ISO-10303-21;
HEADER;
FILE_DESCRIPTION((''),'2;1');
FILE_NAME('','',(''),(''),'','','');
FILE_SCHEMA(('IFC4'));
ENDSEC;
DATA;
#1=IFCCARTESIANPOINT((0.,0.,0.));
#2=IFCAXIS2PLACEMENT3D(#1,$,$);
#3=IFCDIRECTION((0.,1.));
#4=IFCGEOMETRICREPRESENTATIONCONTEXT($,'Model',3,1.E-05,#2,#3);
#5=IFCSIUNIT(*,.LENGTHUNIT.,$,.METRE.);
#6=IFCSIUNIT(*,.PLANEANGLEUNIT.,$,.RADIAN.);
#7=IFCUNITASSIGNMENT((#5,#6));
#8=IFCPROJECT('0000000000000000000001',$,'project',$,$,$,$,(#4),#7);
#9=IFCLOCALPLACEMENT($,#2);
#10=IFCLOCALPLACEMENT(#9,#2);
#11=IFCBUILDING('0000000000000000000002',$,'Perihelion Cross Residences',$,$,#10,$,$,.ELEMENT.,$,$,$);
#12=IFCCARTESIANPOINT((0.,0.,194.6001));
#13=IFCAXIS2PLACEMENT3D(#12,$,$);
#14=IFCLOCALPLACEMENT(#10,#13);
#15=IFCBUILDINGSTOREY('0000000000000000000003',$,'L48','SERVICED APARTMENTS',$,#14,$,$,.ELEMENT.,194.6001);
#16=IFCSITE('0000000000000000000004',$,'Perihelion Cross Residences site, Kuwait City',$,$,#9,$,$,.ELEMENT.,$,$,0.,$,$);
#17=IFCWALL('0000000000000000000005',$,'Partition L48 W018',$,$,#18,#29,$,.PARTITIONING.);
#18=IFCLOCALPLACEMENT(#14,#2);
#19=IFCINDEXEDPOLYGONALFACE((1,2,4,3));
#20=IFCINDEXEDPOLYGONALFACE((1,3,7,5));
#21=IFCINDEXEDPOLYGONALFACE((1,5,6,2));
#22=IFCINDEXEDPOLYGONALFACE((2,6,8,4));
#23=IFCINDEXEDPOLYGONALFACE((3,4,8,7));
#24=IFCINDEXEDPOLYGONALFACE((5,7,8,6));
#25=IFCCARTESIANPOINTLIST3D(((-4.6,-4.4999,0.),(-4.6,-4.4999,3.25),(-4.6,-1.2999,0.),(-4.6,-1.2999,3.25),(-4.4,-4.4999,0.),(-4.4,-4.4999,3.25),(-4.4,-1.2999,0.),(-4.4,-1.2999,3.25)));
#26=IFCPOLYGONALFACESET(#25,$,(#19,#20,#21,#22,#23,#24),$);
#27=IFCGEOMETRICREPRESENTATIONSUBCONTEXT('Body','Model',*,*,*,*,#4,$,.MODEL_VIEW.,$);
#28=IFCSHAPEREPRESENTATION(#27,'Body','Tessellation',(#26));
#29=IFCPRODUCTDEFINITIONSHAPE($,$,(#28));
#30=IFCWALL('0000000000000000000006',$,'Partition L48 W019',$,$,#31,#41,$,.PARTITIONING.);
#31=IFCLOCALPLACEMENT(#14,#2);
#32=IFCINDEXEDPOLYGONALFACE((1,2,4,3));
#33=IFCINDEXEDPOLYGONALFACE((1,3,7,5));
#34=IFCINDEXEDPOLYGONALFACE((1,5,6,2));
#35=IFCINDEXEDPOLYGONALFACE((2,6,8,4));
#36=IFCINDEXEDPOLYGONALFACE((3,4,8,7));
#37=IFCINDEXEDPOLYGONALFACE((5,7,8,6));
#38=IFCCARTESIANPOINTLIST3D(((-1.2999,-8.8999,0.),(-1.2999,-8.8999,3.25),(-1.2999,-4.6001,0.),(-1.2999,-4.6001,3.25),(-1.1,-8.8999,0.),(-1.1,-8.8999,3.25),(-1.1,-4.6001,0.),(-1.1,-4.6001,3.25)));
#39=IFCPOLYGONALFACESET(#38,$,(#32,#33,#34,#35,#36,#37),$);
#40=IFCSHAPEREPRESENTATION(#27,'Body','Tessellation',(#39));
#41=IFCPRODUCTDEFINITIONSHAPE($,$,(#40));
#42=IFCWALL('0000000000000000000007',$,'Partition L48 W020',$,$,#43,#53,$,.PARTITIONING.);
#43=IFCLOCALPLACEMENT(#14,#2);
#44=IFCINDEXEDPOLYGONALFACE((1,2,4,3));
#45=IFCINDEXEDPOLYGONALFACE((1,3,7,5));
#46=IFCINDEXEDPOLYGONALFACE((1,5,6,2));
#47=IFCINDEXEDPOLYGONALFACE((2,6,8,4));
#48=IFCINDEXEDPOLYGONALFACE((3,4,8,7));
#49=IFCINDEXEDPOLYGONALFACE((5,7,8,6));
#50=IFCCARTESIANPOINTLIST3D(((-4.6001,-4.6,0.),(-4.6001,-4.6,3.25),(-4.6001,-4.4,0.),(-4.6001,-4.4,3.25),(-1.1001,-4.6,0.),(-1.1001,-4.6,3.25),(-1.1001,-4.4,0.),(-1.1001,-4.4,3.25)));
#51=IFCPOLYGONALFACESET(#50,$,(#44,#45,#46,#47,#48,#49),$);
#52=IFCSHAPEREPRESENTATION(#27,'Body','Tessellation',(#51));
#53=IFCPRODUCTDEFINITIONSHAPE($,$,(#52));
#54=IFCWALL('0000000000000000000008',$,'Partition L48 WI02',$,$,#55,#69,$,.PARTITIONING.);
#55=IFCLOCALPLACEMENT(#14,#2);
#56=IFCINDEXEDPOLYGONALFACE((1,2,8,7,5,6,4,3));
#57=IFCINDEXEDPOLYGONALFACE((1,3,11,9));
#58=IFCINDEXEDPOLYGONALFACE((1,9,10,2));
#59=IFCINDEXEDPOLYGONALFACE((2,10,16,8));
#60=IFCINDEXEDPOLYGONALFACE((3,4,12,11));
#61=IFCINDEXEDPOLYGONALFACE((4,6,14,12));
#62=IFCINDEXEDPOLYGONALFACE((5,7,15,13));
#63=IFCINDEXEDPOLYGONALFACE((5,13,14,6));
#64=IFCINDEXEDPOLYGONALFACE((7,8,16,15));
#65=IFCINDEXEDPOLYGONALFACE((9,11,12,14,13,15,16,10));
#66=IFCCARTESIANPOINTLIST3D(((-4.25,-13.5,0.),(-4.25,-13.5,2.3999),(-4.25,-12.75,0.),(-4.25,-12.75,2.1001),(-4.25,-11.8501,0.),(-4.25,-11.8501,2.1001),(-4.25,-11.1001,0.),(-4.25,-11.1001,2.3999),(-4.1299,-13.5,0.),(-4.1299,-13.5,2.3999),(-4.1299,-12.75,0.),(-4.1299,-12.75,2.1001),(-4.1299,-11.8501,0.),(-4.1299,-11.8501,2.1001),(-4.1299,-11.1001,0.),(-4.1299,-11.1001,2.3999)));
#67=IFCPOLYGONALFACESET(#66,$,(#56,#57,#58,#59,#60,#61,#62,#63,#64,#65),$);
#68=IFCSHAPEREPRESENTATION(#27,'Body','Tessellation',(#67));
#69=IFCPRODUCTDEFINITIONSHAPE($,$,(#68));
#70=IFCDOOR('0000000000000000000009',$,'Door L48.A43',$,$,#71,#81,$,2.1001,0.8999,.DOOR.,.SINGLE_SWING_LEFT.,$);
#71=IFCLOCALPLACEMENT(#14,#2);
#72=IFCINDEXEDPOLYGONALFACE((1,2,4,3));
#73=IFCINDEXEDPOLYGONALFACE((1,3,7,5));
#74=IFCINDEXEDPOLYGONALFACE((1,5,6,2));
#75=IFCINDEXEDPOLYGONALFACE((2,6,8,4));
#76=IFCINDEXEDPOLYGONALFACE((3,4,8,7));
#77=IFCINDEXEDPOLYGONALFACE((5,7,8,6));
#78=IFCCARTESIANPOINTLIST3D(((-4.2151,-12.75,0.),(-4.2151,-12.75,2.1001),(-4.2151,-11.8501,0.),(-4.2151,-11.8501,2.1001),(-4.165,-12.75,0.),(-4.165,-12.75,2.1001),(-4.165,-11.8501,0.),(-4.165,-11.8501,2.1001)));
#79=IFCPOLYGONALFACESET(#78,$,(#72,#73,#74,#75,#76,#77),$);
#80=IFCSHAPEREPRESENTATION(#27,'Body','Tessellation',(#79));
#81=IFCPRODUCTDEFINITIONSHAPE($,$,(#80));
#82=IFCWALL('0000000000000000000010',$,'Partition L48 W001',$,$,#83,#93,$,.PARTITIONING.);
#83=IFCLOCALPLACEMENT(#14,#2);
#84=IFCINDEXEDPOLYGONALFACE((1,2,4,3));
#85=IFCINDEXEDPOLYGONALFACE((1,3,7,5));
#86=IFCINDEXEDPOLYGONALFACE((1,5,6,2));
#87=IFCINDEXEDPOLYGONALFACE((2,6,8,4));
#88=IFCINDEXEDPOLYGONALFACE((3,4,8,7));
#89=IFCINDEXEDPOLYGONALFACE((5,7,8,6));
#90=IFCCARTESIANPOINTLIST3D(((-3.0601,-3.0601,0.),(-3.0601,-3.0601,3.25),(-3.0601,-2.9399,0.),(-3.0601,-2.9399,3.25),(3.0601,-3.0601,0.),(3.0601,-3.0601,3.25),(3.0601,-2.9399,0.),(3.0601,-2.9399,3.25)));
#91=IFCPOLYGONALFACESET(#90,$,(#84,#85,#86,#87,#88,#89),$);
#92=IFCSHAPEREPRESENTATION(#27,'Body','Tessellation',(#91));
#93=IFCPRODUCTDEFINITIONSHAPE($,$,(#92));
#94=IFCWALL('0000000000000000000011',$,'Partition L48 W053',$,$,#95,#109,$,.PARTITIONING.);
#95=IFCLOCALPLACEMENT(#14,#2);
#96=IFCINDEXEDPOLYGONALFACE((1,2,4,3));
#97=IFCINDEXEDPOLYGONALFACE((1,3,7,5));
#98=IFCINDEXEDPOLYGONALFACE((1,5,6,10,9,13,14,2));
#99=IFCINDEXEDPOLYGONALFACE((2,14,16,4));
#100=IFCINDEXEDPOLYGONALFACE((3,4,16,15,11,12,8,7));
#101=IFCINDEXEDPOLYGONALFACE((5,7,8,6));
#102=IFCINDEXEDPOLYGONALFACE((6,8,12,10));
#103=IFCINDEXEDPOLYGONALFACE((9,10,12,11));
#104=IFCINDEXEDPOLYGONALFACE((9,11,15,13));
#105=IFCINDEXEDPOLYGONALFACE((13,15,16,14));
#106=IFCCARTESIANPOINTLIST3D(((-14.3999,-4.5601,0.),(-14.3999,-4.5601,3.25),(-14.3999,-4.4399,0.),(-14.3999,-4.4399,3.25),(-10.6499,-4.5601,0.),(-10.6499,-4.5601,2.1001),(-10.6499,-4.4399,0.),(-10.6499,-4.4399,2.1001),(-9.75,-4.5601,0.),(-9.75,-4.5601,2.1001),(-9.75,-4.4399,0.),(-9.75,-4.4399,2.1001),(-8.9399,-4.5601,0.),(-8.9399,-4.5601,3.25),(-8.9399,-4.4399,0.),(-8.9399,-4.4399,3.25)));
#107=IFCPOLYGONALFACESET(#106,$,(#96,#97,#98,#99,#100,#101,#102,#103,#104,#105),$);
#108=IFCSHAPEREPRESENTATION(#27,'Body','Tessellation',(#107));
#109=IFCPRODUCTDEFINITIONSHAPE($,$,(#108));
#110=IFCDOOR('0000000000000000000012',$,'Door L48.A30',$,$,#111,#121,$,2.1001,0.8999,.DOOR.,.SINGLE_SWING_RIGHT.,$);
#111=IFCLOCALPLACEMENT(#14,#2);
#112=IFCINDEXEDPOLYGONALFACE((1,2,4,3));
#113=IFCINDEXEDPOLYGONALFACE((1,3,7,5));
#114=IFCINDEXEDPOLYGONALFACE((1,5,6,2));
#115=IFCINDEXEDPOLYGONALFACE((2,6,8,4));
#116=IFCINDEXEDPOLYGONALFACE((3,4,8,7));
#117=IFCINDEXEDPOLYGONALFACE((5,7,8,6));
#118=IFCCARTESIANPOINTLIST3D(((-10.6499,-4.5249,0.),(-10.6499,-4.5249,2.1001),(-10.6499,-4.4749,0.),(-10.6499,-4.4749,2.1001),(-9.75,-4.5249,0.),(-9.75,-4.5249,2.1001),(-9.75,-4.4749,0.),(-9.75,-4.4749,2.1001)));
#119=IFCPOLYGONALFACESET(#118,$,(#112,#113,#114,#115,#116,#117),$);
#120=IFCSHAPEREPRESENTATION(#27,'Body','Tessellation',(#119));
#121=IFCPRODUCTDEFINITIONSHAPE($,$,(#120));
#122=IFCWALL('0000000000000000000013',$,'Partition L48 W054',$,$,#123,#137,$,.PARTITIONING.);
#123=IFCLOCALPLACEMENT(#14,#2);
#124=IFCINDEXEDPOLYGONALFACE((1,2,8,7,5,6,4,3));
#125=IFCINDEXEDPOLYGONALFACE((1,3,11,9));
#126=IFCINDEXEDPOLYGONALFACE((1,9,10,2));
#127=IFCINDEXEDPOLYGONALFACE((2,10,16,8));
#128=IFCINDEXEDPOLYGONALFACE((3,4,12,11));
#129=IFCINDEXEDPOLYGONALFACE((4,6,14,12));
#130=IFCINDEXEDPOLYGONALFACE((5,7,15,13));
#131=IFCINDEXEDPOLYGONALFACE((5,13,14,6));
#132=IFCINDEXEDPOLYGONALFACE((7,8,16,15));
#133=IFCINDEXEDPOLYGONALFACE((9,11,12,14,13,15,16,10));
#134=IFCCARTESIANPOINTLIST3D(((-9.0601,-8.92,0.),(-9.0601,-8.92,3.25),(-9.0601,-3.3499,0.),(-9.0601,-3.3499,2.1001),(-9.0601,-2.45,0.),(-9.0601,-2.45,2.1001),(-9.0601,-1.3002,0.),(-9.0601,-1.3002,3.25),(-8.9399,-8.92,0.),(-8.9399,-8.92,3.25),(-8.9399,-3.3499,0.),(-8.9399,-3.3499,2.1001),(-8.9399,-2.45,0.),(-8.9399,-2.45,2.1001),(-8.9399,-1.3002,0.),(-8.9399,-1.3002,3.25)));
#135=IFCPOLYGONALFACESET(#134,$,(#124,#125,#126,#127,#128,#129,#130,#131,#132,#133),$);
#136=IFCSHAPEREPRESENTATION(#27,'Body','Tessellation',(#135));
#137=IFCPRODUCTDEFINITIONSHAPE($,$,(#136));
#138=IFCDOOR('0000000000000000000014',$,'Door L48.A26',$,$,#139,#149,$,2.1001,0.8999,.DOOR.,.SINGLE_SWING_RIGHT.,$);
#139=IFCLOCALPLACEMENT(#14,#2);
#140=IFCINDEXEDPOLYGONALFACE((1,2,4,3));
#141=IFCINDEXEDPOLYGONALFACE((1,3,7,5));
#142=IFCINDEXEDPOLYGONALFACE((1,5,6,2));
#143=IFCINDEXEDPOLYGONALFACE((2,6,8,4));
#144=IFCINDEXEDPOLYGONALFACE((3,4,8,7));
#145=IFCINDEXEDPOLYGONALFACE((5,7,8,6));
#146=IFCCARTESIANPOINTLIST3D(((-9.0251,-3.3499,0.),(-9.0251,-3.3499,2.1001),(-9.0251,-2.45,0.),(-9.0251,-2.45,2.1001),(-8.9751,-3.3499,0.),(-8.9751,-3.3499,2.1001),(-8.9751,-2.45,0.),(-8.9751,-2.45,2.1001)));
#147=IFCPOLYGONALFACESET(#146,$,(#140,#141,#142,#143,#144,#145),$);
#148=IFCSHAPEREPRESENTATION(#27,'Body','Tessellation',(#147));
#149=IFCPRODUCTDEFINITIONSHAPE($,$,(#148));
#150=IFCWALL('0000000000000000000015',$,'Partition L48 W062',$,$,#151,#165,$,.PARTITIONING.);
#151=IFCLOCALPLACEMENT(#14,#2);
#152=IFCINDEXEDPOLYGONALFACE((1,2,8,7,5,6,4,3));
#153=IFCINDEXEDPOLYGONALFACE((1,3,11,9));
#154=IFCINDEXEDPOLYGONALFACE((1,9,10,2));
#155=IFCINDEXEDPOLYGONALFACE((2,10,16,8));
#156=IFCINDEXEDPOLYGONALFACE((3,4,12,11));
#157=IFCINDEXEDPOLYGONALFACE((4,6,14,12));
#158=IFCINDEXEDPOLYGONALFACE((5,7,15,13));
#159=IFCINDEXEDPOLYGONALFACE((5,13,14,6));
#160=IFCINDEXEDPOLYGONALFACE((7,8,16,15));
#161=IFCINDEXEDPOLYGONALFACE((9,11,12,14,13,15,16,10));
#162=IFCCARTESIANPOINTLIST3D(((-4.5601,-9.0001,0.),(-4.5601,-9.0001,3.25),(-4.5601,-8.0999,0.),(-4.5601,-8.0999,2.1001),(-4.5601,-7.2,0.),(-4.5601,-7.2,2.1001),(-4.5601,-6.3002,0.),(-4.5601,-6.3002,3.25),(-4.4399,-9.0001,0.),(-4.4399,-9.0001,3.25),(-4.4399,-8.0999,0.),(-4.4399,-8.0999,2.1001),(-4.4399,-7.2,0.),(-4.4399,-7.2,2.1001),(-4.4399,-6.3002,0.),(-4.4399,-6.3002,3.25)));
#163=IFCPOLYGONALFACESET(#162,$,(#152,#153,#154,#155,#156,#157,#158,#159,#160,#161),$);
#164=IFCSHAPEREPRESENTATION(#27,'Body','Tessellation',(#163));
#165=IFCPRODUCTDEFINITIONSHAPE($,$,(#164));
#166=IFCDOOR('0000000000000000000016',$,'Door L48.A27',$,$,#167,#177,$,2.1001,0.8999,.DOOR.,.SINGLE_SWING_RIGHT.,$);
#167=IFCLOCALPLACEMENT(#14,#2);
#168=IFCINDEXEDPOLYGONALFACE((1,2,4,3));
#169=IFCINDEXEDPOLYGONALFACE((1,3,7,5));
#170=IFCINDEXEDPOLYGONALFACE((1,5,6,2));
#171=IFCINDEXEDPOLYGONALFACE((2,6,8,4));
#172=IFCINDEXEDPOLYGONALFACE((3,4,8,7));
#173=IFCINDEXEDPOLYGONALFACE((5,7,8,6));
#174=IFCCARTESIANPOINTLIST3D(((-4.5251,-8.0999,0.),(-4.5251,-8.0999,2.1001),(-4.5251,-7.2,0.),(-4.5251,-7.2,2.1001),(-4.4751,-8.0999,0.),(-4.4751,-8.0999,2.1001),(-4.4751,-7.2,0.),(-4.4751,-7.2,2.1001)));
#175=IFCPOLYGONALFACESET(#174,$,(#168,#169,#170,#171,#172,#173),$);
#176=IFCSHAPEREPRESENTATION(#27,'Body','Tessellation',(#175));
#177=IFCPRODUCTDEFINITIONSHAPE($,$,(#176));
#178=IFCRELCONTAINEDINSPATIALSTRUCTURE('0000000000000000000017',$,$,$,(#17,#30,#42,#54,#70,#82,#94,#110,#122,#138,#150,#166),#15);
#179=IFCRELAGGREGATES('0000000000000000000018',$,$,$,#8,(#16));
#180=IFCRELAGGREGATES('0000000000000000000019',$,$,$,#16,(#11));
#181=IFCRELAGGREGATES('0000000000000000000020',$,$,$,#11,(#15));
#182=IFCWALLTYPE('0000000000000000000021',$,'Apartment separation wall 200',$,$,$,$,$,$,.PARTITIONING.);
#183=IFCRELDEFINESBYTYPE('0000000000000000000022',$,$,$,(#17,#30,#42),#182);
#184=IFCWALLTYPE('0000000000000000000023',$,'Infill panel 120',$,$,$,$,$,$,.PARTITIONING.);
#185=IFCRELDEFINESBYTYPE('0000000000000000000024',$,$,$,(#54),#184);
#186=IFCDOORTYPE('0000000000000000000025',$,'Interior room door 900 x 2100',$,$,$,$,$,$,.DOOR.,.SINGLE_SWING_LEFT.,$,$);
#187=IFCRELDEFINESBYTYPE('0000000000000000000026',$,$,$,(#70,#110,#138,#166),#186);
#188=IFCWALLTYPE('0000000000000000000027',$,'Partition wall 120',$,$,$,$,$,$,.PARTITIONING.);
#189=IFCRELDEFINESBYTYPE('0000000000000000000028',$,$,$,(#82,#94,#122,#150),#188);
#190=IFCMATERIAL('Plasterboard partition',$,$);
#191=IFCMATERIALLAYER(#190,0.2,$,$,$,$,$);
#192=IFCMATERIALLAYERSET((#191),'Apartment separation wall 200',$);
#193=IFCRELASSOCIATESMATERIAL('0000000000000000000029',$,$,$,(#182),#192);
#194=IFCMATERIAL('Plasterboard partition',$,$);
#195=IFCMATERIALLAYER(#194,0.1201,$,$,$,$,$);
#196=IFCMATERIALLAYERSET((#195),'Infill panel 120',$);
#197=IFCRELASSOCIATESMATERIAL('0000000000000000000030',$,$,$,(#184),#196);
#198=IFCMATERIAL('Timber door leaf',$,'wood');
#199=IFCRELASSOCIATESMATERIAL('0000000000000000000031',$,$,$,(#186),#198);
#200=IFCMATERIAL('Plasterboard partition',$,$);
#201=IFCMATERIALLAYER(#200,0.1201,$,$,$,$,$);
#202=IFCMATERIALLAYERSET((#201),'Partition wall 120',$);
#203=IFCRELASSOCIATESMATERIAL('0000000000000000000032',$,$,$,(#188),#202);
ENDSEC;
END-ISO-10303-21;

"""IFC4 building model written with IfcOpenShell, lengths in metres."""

from ifc_helpers import new_model, si_unit, direction, frame, frame_2d, origin, place, context, subcontext, project, spatial, rectangle, extrude, material, layer, layer_set, type_object, element, fill, save


model = new_model("IFC4")

# Units and contexts
model_context = context("Model", 3, precision=1e-05, world=origin(), true_north=direction((0.0, 1.0)))
body_context = subcontext(model_context, "Body", "Model", "MODEL_VIEW")
ifc_project = project(units=[si_unit("LENGTHUNIT", "METRE"), si_unit("PLANEANGLEUNIT", "RADIAN")], contexts=[model_context])

# Site, building, storey
site_placement = place(None, origin())
site = spatial("IfcSite", under=ifc_project, at=site_placement, Name="Perihelion Cross Residences site, Kuwait City", CompositionType="ELEMENT", RefElevation=0.0)
building_placement = place(site_placement, origin())
building = spatial("IfcBuilding", under=site, at=building_placement, Name="Perihelion Cross Residences", CompositionType="ELEMENT")
storey_placement = place(building_placement, frame((0.0, 0.0, 194.6001)))
storey = spatial("IfcBuildingStorey", under=building, at=storey_placement, Name="L48", Description="SERVICED APARTMENTS", CompositionType="ELEMENT", Elevation=194.6001)

# Walls
ifc_material_1 = material(Name="Plasterboard partition")
ifc_layer_1 = layer(ifc_material_1, 0.2)
ifc_layer_set_1 = layer_set([ifc_layer_1], Name="Apartment separation wall 200")
wall_type_1 = type_object("IfcWallType", Name="Apartment separation wall 200", PredefinedType="PARTITIONING", material=ifc_layer_set_1)
wall_1_placement = place(storey_placement, frame((-4.5, -4.5, 0.0), z_axis=(0.0, 0.0, 1.0), x_axis=(0.0, 1.0, 0.0)))
element("IfcWall", 1, at=wall_1_placement, inside=storey, type_object=wall_type_1, Name="Partition L48 W018", PredefinedType="PARTITIONING", context=body_context, shape_type="SweptSolid", body=[
    extrude(rectangle(XDim=3.2, YDim=0.2, at=frame_2d((1.6001, 0.0))), origin(), (0.0, 0.0, 1.0), 3.25),
])
wall_2_placement = place(storey_placement, frame((-1.2, -8.8999, 0.0), z_axis=(0.0, 0.0, 1.0), x_axis=(0.0, 1.0, 0.0)))
element("IfcWall", 2, at=wall_2_placement, inside=storey, type_object=wall_type_1, Name="Partition L48 W019", PredefinedType="PARTITIONING", context=body_context, shape_type="SweptSolid", body=[
    extrude(rectangle(XDim=4.2998, YDim=0.2, at=frame_2d((2.1499, 0.0))), origin(), (0.0, 0.0, 1.0), 3.25),
])
wall_3_placement = place(storey_placement, frame((-1.1001, -4.5, 0.0), z_axis=(0.0, 0.0, 1.0), x_axis=(-1.0, 0.0, 0.0)))
element("IfcWall", 3, at=wall_3_placement, inside=storey, type_object=wall_type_1, Name="Partition L48 W020", PredefinedType="PARTITIONING", context=body_context, shape_type="SweptSolid", body=[
    extrude(rectangle(XDim=3.5, YDim=0.2, at=frame_2d((1.75, 0.0))), origin(), (0.0, 0.0, 1.0), 3.25),
])

# Wall, opening, door
ifc_material_2 = material(Name="Plasterboard partition")
ifc_layer_2 = layer(ifc_material_2, 0.1201)
ifc_layer_set_2 = layer_set([ifc_layer_2], Name="Infill panel 120")
wall_type_2 = type_object("IfcWallType", Name="Infill panel 120", PredefinedType="PARTITIONING", material=ifc_layer_set_2)
wall_4_placement = place(storey_placement, frame((-4.1899, -11.1001, 0.0), z_axis=(0.0, 0.0, 1.0), x_axis=(0.0, -1.0, 0.0)))
wall_4 = element("IfcWall", 4, at=wall_4_placement, inside=storey, type_object=wall_type_2, Name="Partition L48 WI02", PredefinedType="PARTITIONING", context=body_context, shape_type="SweptSolid", body=[
    extrude(rectangle(XDim=2.3999, YDim=0.1201, at=frame_2d((1.2, 0.0))), origin(), (0.0, 0.0, 1.0), 2.3999),
])
opening_1_placement = place(wall_4_placement, frame((0.75, 0.0, 0.0)))
opening_1 = element("IfcOpeningElement", 5, at=opening_1_placement, cuts=wall_4, PredefinedType="OPENING", context=body_context, shape_type="SweptSolid", body=[
    extrude(rectangle(XDim=0.8999, YDim=2.1001, at=frame_2d((0.45, 1.05))), frame((0.0, 0.0701, 0.0), z_axis=(0.0, -1.0, 0.0), x_axis=(1.0, 0.0, 0.0)), (0.0, 0.0, 1.0), 0.1401),
])
ifc_material_3 = material(Name="Timber door leaf", Category="wood")
door_type_1 = type_object("IfcDoorType", Name="Interior room door 900 x 2100", OperationType="SINGLE_SWING_LEFT", PredefinedType="DOOR", material=ifc_material_3)
door_1_placement = place(opening_1_placement, origin())
door_1 = element("IfcDoor", 6, at=door_1_placement, inside=storey, type_object=door_type_1, Name="Door L48.A43", OperationType="SINGLE_SWING_LEFT", OverallHeight=2.1001, OverallWidth=0.8999, PredefinedType="DOOR", context=body_context, shape_type="SweptSolid", body=[
    extrude(rectangle(XDim=0.8999, YDim=2.1001, at=frame_2d((0.45, 1.05))), frame((0.0, 0.0249, 0.0), z_axis=(0.0, -1.0, 0.0), x_axis=(1.0, 0.0, 0.0)), (0.0, 0.0, 1.0), 0.05),
])
fill(opening_1, door_1)

# Wall
ifc_material_4 = material(Name="Plasterboard partition")
ifc_layer_3 = layer(ifc_material_4, 0.1201)
ifc_layer_set_3 = layer_set([ifc_layer_3], Name="Partition wall 120")
wall_type_3 = type_object("IfcWallType", Name="Partition wall 120", PredefinedType="PARTITIONING", material=ifc_layer_set_3)
wall_5_placement = place(storey_placement, frame((-3.0601, -3.0, 0.0), z_axis=(0.0, 0.0, 1.0), x_axis=(1.0, 0.0, 0.0)))
element("IfcWall", 7, at=wall_5_placement, inside=storey, type_object=wall_type_3, Name="Partition L48 W001", PredefinedType="PARTITIONING", context=body_context, shape_type="SweptSolid", body=[
    extrude(rectangle(XDim=6.1201, YDim=0.1201, at=frame_2d((3.0601, 0.0))), origin(), (0.0, 0.0, 1.0), 3.25),
])

# Walls, openings, doors
wall_6_placement = place(storey_placement, frame((-8.9399, -4.5, 0.0), z_axis=(0.0, 0.0, 1.0), x_axis=(-1.0, 0.0, 0.0)))
wall_6 = element("IfcWall", 8, at=wall_6_placement, inside=storey, type_object=wall_type_3, Name="Partition L48 W053", PredefinedType="PARTITIONING", context=body_context, shape_type="SweptSolid", body=[
    extrude(rectangle(XDim=5.46, YDim=0.1201, at=frame_2d((2.73, 0.0))), origin(), (0.0, 0.0, 1.0), 3.25),
])
opening_2_placement = place(wall_6_placement, frame((0.8101, 0.0, 0.0)))
opening_2 = element("IfcOpeningElement", 9, at=opening_2_placement, cuts=wall_6, PredefinedType="OPENING", context=body_context, shape_type="SweptSolid", body=[
    extrude(rectangle(XDim=0.8999, YDim=2.1001, at=frame_2d((0.45, 1.05))), frame((0.0, 0.0701, 0.0), z_axis=(0.0, -1.0, 0.0), x_axis=(1.0, 0.0, 0.0)), (0.0, 0.0, 1.0), 0.1401),
])
door_2_placement = place(opening_2_placement, origin())
door_2 = element("IfcDoor", 10, at=door_2_placement, inside=storey, type_object=door_type_1, Name="Door L48.A30", OperationType="SINGLE_SWING_RIGHT", OverallHeight=2.1001, OverallWidth=0.8999, PredefinedType="DOOR", context=body_context, shape_type="SweptSolid", body=[
    extrude(rectangle(XDim=0.8999, YDim=2.1001, at=frame_2d((0.45, 1.05))), frame((0.0, 0.0249, 0.0), z_axis=(0.0, -1.0, 0.0), x_axis=(1.0, 0.0, 0.0)), (0.0, 0.0, 1.0), 0.05),
])
fill(opening_2, door_2)
wall_7_placement = place(storey_placement, frame((-9.0, -1.3, 0.0), z_axis=(0.0, 0.0, 1.0), x_axis=(0.0, -1.0, 0.0)))
wall_7 = element("IfcWall", 11, at=wall_7_placement, inside=storey, type_object=wall_type_3, Name="Partition L48 W054", PredefinedType="PARTITIONING", context=body_context, shape_type="SweptSolid", body=[
    extrude(rectangle(XDim=7.6199, YDim=0.1201, at=frame_2d((3.8101, 0.0))), origin(), (0.0, 0.0, 1.0), 3.25),
])
opening_3_placement = place(wall_7_placement, frame((1.1499, 0.0, 0.0)))
opening_3 = element("IfcOpeningElement", 12, at=opening_3_placement, cuts=wall_7, PredefinedType="OPENING", context=body_context, shape_type="SweptSolid", body=[
    extrude(rectangle(XDim=0.8999, YDim=2.1001, at=frame_2d((0.45, 1.05))), frame((0.0, 0.0701, 0.0), z_axis=(0.0, -1.0, 0.0), x_axis=(1.0, 0.0, 0.0)), (0.0, 0.0, 1.0), 0.1401),
])
door_3_placement = place(opening_3_placement, origin())
door_3 = element("IfcDoor", 13, at=door_3_placement, inside=storey, type_object=door_type_1, Name="Door L48.A26", OperationType="SINGLE_SWING_RIGHT", OverallHeight=2.1001, OverallWidth=0.8999, PredefinedType="DOOR", context=body_context, shape_type="SweptSolid", body=[
    extrude(rectangle(XDim=0.8999, YDim=2.1001, at=frame_2d((0.45, 1.05))), frame((0.0, 0.0249, 0.0), z_axis=(0.0, -1.0, 0.0), x_axis=(1.0, 0.0, 0.0)), (0.0, 0.0, 1.0), 0.05),
])
fill(opening_3, door_3)
wall_8_placement = place(storey_placement, frame((-4.5, -6.3, 0.0), z_axis=(0.0, 0.0, 1.0), x_axis=(0.0, -1.0, 0.0)))
wall_8 = element("IfcWall", 14, at=wall_8_placement, inside=storey, type_object=wall_type_3, Name="Partition L48 W062", PredefinedType="PARTITIONING", context=body_context, shape_type="SweptSolid", body=[
    extrude(rectangle(XDim=2.7, YDim=0.1201, at=frame_2d((1.3501, 0.0))), origin(), (0.0, 0.0, 1.0), 3.25),
])
opening_4_placement = place(wall_8_placement, frame((0.8999, 0.0, 0.0)))
opening_4 = element("IfcOpeningElement", 15, at=opening_4_placement, cuts=wall_8, PredefinedType="OPENING", context=body_context, shape_type="SweptSolid", body=[
    extrude(rectangle(XDim=0.8999, YDim=2.1001, at=frame_2d((0.45, 1.05))), frame((0.0, 0.0701, 0.0), z_axis=(0.0, -1.0, 0.0), x_axis=(1.0, 0.0, 0.0)), (0.0, 0.0, 1.0), 0.1401),
])
door_4_placement = place(opening_4_placement, origin())
door_4 = element("IfcDoor", 16, at=door_4_placement, inside=storey, type_object=door_type_1, Name="Door L48.A27", OperationType="SINGLE_SWING_RIGHT", OverallHeight=2.1001, OverallWidth=0.8999, PredefinedType="DOOR", context=body_context, shape_type="SweptSolid", body=[
    extrude(rectangle(XDim=0.8999, YDim=2.1001, at=frame_2d((0.45, 1.05))), frame((0.0, 0.0249, 0.0), z_axis=(0.0, -1.0, 0.0), x_axis=(1.0, 0.0, 0.0)), (0.0, 0.0, 1.0), 0.05),
])
fill(opening_4, door_4)

save(model, "model.ifc")
